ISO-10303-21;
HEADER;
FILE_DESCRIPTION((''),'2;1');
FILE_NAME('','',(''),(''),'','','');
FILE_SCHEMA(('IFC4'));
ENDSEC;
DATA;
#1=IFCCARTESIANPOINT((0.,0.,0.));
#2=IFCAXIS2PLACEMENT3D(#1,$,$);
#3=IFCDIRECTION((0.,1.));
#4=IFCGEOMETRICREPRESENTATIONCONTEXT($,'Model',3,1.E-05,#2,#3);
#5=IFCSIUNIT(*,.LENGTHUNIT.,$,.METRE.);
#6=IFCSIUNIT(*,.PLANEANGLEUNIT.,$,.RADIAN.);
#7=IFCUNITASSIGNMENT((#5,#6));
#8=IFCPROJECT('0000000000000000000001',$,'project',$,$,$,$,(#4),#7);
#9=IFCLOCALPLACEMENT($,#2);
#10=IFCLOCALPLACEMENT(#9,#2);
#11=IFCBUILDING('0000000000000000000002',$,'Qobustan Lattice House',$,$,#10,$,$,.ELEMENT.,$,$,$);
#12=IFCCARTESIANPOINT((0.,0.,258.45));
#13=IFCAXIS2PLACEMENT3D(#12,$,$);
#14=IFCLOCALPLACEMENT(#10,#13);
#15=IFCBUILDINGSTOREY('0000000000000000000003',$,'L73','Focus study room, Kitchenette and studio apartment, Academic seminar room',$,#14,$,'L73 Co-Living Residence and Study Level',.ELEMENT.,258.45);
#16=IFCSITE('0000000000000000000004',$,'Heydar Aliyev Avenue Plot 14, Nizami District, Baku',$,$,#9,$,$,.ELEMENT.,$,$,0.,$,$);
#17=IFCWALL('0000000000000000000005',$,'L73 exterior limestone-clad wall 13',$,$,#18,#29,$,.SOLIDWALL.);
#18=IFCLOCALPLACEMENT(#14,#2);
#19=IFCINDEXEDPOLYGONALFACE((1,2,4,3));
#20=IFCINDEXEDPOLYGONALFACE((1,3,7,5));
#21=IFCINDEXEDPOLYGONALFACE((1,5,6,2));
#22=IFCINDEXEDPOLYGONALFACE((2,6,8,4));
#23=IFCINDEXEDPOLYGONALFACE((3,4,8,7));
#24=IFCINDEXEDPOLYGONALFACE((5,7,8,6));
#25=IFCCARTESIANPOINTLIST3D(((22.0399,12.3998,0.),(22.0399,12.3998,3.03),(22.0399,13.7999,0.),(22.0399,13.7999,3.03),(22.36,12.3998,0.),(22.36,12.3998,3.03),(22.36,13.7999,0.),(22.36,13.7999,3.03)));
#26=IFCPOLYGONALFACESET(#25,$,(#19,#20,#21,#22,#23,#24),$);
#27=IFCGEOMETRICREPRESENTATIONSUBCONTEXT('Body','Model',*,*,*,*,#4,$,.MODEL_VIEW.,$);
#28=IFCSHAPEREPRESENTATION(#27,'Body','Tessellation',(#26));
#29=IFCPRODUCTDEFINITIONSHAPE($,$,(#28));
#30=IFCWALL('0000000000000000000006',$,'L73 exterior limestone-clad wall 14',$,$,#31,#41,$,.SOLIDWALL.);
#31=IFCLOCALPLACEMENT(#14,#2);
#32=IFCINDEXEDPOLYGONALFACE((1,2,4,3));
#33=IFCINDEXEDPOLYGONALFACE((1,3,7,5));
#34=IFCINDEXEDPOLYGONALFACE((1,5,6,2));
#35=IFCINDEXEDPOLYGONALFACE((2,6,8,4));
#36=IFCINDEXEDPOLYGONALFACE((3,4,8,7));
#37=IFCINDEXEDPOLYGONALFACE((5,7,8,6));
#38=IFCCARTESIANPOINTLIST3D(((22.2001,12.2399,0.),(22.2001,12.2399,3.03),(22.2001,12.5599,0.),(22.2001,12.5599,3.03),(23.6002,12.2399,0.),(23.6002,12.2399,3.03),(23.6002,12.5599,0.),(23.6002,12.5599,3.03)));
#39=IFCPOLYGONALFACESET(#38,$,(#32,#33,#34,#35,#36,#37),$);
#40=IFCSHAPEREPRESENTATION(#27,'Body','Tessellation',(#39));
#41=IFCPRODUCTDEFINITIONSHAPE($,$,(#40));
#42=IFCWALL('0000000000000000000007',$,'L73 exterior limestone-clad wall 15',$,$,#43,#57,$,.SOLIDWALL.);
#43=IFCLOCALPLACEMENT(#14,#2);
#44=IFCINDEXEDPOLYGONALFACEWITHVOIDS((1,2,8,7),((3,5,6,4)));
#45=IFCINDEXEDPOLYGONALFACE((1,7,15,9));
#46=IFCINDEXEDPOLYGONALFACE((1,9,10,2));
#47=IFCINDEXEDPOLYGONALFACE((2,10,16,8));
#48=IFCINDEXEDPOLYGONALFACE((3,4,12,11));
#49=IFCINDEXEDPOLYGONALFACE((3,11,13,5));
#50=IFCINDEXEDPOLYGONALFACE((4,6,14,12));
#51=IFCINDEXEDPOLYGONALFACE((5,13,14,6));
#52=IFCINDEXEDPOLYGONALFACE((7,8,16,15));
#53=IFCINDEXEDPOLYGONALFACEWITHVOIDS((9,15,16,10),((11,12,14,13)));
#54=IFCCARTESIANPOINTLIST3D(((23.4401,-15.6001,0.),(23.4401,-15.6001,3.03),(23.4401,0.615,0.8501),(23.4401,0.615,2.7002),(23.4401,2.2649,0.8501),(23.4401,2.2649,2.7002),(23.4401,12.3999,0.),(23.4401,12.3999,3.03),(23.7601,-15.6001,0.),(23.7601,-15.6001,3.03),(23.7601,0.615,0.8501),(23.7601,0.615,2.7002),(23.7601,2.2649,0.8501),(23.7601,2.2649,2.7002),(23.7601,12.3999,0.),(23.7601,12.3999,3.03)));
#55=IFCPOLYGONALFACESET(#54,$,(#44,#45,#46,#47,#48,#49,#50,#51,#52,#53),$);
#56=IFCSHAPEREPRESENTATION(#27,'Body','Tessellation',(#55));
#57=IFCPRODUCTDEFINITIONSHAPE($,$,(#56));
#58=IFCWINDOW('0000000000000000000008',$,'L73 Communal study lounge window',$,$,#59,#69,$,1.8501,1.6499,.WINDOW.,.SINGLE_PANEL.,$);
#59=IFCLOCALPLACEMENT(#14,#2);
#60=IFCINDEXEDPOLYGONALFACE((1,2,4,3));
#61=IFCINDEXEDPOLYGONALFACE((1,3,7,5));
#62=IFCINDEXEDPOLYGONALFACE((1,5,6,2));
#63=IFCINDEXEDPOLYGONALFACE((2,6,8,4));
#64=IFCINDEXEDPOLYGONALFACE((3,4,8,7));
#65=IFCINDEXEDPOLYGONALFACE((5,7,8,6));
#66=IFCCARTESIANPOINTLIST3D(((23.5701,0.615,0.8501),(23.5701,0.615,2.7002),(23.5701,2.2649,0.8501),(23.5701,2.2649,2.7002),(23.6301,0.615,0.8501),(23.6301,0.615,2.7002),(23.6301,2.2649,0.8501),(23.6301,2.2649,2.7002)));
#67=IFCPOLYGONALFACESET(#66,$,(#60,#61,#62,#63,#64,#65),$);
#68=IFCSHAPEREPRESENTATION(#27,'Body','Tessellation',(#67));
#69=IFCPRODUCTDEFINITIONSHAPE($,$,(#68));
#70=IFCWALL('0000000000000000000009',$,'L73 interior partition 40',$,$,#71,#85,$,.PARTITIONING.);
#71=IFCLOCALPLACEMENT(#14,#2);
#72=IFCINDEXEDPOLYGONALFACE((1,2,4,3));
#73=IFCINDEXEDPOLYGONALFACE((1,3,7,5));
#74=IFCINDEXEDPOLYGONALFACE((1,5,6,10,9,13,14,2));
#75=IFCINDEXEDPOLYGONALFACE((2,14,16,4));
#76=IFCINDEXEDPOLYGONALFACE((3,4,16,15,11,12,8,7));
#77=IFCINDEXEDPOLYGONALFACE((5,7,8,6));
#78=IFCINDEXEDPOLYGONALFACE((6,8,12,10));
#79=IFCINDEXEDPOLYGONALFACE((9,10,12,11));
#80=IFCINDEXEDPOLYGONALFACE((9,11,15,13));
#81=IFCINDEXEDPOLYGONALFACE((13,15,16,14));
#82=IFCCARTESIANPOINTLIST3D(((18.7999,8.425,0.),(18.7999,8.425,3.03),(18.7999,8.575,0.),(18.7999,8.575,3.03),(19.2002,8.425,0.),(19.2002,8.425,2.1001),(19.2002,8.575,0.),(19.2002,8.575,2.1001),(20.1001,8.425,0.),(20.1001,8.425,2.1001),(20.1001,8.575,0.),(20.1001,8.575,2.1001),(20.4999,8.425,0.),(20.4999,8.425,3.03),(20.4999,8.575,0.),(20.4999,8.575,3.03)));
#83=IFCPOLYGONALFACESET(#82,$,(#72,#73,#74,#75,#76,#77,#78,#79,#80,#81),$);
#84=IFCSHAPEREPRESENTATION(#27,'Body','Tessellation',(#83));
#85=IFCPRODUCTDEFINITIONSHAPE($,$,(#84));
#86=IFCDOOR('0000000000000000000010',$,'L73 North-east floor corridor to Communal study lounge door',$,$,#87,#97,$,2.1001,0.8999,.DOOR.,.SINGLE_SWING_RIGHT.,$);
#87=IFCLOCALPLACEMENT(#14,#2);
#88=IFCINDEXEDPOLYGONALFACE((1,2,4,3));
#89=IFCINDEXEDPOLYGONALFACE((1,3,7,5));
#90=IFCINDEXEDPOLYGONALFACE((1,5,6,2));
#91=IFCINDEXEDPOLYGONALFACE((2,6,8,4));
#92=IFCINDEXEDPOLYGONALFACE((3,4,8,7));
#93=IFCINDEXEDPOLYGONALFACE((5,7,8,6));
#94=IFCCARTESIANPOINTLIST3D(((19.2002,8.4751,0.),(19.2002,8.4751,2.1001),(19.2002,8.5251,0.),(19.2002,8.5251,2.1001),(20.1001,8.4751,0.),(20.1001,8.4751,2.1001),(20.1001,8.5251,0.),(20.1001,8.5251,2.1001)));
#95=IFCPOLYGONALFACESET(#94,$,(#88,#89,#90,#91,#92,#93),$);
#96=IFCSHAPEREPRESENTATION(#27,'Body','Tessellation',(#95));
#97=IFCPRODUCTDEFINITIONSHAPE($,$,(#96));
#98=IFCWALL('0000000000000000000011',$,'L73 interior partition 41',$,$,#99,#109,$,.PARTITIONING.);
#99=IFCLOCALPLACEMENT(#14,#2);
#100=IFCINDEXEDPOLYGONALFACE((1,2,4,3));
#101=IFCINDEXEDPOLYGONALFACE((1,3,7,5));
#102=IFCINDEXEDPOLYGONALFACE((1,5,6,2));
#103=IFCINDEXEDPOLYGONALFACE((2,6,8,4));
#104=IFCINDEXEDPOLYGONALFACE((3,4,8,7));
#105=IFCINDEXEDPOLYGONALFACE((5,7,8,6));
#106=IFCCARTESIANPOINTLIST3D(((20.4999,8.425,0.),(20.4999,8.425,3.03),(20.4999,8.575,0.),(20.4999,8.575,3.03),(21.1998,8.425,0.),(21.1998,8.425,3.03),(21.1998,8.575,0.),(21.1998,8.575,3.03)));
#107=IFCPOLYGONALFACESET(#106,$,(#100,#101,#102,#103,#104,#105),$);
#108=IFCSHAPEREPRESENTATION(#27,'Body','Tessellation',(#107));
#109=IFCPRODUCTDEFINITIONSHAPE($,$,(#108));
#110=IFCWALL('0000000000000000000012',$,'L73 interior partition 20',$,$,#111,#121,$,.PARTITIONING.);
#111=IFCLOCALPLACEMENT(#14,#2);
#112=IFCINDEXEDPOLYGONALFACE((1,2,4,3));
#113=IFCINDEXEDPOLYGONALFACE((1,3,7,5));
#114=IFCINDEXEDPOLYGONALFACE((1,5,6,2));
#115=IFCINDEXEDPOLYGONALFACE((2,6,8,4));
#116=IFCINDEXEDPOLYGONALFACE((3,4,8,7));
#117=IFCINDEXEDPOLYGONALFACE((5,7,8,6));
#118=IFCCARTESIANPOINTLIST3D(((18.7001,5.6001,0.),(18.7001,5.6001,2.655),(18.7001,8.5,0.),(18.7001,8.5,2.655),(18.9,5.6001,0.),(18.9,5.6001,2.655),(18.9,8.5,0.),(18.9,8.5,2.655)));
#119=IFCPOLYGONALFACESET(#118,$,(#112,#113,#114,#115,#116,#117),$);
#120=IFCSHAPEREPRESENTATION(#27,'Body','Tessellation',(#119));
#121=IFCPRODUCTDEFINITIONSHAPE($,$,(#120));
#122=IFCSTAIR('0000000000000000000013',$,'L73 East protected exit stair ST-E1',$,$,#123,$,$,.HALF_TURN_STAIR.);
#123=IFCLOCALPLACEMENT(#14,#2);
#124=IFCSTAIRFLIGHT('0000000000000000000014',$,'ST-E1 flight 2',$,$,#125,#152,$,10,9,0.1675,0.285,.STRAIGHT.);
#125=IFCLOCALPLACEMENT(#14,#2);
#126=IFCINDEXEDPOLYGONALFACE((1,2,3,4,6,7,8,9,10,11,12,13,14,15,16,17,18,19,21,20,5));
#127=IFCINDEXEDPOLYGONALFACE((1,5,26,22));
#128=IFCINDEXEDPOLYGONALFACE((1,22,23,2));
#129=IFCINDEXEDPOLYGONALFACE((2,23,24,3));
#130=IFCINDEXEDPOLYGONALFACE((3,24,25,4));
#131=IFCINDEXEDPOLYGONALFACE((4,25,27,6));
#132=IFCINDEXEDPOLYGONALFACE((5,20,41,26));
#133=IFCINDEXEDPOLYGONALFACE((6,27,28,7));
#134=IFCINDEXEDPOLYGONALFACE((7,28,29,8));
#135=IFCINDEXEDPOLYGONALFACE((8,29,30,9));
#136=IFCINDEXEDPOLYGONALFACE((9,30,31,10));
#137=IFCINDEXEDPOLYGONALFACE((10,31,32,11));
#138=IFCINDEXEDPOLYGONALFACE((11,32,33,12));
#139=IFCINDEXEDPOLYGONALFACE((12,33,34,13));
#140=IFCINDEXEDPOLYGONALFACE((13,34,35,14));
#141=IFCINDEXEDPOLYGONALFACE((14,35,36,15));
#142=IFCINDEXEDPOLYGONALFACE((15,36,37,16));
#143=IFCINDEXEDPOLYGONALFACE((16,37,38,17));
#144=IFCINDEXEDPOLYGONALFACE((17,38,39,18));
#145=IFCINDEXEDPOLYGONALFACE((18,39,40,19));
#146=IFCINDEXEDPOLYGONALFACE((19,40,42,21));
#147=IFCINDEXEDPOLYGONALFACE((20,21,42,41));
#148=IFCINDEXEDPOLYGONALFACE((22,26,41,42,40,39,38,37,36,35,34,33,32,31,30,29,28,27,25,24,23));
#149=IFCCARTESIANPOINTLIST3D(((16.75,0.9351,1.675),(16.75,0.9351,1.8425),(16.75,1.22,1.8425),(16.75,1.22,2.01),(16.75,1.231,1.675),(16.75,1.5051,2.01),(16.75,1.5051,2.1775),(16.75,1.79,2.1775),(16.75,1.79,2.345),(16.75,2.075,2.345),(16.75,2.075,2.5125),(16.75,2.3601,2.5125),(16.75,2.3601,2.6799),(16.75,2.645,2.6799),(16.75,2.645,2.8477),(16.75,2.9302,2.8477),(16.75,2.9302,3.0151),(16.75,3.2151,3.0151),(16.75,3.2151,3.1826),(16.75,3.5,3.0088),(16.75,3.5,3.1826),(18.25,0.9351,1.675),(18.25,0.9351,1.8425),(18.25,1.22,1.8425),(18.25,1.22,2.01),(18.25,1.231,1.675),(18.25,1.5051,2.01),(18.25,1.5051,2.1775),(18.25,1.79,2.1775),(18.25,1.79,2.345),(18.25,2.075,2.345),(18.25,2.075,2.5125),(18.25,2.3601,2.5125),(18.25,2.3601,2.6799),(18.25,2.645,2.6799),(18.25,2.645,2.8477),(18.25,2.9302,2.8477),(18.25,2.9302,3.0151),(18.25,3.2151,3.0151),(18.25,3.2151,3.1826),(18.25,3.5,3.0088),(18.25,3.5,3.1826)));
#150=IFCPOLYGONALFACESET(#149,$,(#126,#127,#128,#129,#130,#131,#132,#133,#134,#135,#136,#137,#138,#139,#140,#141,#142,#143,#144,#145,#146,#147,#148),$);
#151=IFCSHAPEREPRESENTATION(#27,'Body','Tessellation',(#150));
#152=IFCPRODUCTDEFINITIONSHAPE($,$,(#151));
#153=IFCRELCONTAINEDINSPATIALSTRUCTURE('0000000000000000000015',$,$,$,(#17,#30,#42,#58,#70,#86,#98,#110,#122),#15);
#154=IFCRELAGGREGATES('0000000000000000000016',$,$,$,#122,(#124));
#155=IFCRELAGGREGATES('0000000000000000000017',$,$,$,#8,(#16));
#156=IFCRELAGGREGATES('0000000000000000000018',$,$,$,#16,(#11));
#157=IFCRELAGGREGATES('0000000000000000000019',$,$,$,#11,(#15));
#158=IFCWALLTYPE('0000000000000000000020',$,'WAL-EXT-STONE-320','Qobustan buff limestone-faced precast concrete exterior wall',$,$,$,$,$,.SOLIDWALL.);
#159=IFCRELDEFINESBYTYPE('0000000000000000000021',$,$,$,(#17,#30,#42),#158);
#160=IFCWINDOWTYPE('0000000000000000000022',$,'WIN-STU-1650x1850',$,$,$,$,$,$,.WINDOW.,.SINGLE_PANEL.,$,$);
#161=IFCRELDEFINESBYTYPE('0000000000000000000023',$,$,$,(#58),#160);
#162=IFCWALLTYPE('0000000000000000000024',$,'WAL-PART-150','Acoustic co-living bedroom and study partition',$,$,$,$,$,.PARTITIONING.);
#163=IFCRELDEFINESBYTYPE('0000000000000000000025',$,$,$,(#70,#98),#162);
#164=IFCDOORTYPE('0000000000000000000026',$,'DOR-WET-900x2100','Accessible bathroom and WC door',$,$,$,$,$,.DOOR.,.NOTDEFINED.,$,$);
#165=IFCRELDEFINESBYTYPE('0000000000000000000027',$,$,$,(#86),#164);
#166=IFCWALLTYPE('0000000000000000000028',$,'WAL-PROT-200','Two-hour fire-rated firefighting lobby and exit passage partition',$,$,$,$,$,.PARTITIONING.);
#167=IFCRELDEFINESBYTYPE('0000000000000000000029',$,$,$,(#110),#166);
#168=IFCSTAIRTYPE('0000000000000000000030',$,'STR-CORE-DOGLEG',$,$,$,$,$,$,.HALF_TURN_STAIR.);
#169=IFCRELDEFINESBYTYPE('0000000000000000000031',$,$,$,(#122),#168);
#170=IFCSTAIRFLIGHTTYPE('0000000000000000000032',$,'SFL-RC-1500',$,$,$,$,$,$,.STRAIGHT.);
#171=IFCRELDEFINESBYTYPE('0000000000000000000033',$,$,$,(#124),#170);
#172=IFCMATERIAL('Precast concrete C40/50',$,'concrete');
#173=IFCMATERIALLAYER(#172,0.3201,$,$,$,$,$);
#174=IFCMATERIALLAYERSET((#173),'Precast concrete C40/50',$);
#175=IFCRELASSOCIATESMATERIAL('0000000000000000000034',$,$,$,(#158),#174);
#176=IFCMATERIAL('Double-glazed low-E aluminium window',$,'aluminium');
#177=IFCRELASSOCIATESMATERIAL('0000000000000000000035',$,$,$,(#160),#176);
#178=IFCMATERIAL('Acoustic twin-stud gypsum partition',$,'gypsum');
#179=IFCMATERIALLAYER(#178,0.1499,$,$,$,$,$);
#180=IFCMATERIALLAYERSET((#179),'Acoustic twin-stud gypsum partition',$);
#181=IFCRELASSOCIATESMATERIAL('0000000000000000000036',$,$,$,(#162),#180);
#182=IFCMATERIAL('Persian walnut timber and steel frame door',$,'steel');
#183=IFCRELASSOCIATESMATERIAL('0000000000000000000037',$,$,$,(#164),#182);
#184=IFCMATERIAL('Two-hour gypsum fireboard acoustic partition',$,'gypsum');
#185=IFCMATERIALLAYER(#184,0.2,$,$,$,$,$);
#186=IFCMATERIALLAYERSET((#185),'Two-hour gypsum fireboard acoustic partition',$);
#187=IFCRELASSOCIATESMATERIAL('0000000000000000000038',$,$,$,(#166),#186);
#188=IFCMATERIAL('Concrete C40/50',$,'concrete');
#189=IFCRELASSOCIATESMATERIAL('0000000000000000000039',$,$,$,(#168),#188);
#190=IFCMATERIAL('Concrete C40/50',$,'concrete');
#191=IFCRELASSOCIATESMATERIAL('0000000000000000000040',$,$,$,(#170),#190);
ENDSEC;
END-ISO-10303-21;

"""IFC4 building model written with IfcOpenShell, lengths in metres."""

from ifc_helpers import new_model, si_unit, direction, frame, frame_2d, origin, place, context, subcontext, project, spatial, polyline, rectangle, outline, extrude, material, layer, layer_set, type_object, element, fill, aggregate, save


model = new_model("IFC4")

# Units and contexts
model_context = context("Model", 3, precision=1e-05, world=origin(), true_north=direction((0.0, 1.0)))
body_context = subcontext(model_context, "Body", "Model", "MODEL_VIEW")
ifc_project = project(units=[si_unit("LENGTHUNIT", "METRE"), si_unit("PLANEANGLEUNIT", "RADIAN")], contexts=[model_context])

# Site, building, storey
site_placement = place(None, origin())
site = spatial("IfcSite", under=ifc_project, at=site_placement, Name="Heydar Aliyev Avenue Plot 14, Nizami District, Baku", CompositionType="ELEMENT", RefElevation=0.0)
building_placement = place(site_placement, origin())
building = spatial("IfcBuilding", under=site, at=building_placement, Name="Qobustan Lattice House", CompositionType="ELEMENT")
storey_placement = place(building_placement, frame((0.0, 0.0, 258.45)))
storey = spatial("IfcBuildingStorey", under=building, at=storey_placement, Name="L73", Description="Focus study room, Kitchenette and studio apartment, Academic seminar room", LongName="L73 Co-Living Residence and Study Level", CompositionType="ELEMENT", Elevation=258.45)

# Walls
ifc_material_1 = material(Name="Precast concrete C40/50", Category="concrete")
ifc_layer_1 = layer(ifc_material_1, 0.3201)
ifc_layer_set_1 = layer_set([ifc_layer_1], Name="Precast concrete C40/50")
wall_type_1 = type_object("IfcWallType", Name="WAL-EXT-STONE-320", Description="Qobustan buff limestone-faced precast concrete exterior wall", PredefinedType="SOLIDWALL", material=ifc_layer_set_1)
for number, where, z_axis, x_axis, name in (
    (1, (22.2, 13.8, 0.0), (0.0, 0.0, 1.0), (0.0, -1.0, 0.0), "L73 exterior limestone-clad wall 13"),
    (2, (22.2, 12.3999, 0.0), (0.0, 0.0, 1.0), (1.0, 0.0, 0.0), "L73 exterior limestone-clad wall 14"),
):
    element("IfcWall", number, at=place(storey_placement, frame(where, z_axis=z_axis, x_axis=x_axis)), inside=storey, type_object=wall_type_1, Name=name, PredefinedType="SOLIDWALL", context=body_context, shape_type="SweptSolid", body=[
        extrude(rectangle(XDim=1.4001, YDim=0.3201, at=frame_2d((0.7002, 0.0))), origin(), (0.0, 0.0, 1.0), 3.03),
    ])

# Wall, opening, window
wall_1_placement = place(storey_placement, frame((23.6001, 12.3999, 0.0), z_axis=(0.0, 0.0, 1.0), x_axis=(0.0, -1.0, 0.0)))
wall_1 = element("IfcWall", 3, at=wall_1_placement, inside=storey, type_object=wall_type_1, Name="L73 exterior limestone-clad wall 15", PredefinedType="SOLIDWALL", context=body_context, shape_type="SweptSolid", body=[
    extrude(rectangle(XDim=28.0, YDim=0.3201, at=frame_2d((14.0, 0.0))), origin(), (0.0, 0.0, 1.0), 3.03),
])
opening_1_placement = place(wall_1_placement, frame((10.135, 0.0, 0.8501)))
opening_1 = element("IfcOpeningElement", 4, at=opening_1_placement, cuts=wall_1, PredefinedType="OPENING", context=body_context, shape_type="SweptSolid", body=[
    extrude(rectangle(XDim=1.6499, YDim=1.8501, at=frame_2d((0.825, 0.925))), frame((0.0, 0.1699, 0.0), z_axis=(0.0, -1.0, 0.0), x_axis=(1.0, 0.0, 0.0)), (0.0, 0.0, 1.0), 0.3401),
])
ifc_material_2 = material(Name="Double-glazed low-E aluminium window", Category="aluminium")
window_type = type_object("IfcWindowType", Name="WIN-STU-1650x1850", PartitioningType="SINGLE_PANEL", PredefinedType="WINDOW", material=ifc_material_2)
window_placement = place(opening_1_placement, origin())
window = element("IfcWindow", 5, at=window_placement, inside=storey, type_object=window_type, Name="L73 Communal study lounge window", OverallHeight=1.8501, OverallWidth=1.6499, PartitioningType="SINGLE_PANEL", PredefinedType="WINDOW", context=body_context, shape_type="SweptSolid", body=[
    extrude(rectangle(XDim=1.6499, YDim=1.8501, at=frame_2d((0.825, 0.925))), frame((0.0, 0.03, 0.0), z_axis=(0.0, -1.0, 0.0), x_axis=(1.0, 0.0, 0.0)), (0.0, 0.0, 1.0), 0.0601),
])
fill(opening_1, window)

# Wall, opening, door
ifc_material_3 = material(Name="Acoustic twin-stud gypsum partition", Category="gypsum")
ifc_layer_2 = layer(ifc_material_3, 0.1499)
ifc_layer_set_2 = layer_set([ifc_layer_2], Name="Acoustic twin-stud gypsum partition")
wall_type_2 = type_object("IfcWallType", Name="WAL-PART-150", Description="Acoustic co-living bedroom and study partition", PredefinedType="PARTITIONING", material=ifc_layer_set_2)
wall_2_placement = place(storey_placement, frame((20.5, 8.5, 0.0), z_axis=(0.0, 0.0, 1.0), x_axis=(-1.0, 0.0, 0.0)))
wall_2 = element("IfcWall", 6, at=wall_2_placement, inside=storey, type_object=wall_type_2, Name="L73 interior partition 40", PredefinedType="PARTITIONING", context=body_context, shape_type="SweptSolid", body=[
    extrude(rectangle(XDim=1.7, YDim=0.1499, at=frame_2d((0.8501, 0.0))), origin(), (0.0, 0.0, 1.0), 3.03),
])
opening_2_placement = place(wall_2_placement, frame((0.3999, 0.0, 0.0)))
opening_2 = element("IfcOpeningElement", 7, at=opening_2_placement, cuts=wall_2, PredefinedType="OPENING", context=body_context, shape_type="SweptSolid", body=[
    extrude(rectangle(XDim=0.8999, YDim=2.1001, at=frame_2d((0.45, 1.05))), frame((0.0, 0.085, 0.0), z_axis=(0.0, -1.0, 0.0), x_axis=(1.0, 0.0, 0.0)), (0.0, 0.0, 1.0), 0.1699),
])
ifc_material_4 = material(Name="Persian walnut timber and steel frame door", Category="steel")
door_type_1 = type_object("IfcDoorType", Name="DOR-WET-900x2100", Description="Accessible bathroom and WC door", OperationType="NOTDEFINED", PredefinedType="DOOR", material=ifc_material_4)
door_1_placement = place(opening_2_placement, origin())
door_1 = element("IfcDoor", 8, at=door_1_placement, inside=storey, type_object=door_type_1, Name="L73 North-east floor corridor to Communal study lounge door", OperationType="SINGLE_SWING_RIGHT", OverallHeight=2.1001, OverallWidth=0.8999, PredefinedType="DOOR", context=body_context, shape_type="SweptSolid", body=[
    extrude(rectangle(XDim=0.8999, YDim=2.1001, at=frame_2d((0.45, 1.05))), frame((0.0, 0.0249, 0.0), z_axis=(0.0, -1.0, 0.0), x_axis=(1.0, 0.0, 0.0)), (0.0, 0.0, 1.0), 0.05),
])
fill(opening_2, door_1)

# Wall
wall_3_placement = place(storey_placement, frame((21.2, 8.5, 0.0), z_axis=(0.0, 0.0, 1.0), x_axis=(-1.0, 0.0, 0.0)))
element("IfcWall", 9, at=wall_3_placement, inside=storey, type_object=wall_type_2, Name="L73 interior partition 41", PredefinedType="PARTITIONING", context=body_context, shape_type="SweptSolid", body=[
    extrude(rectangle(XDim=0.7, YDim=0.1499, at=frame_2d((0.3501, 0.0))), origin(), (0.0, 0.0, 1.0), 3.03),
])

# Shared definitions
ifc_material_5 = material(Name="Two-hour gypsum fireboard acoustic partition", Category="gypsum")
ifc_layer_3 = layer(ifc_material_5, 0.2)
ifc_layer_set_3 = layer_set([ifc_layer_3], Name="Two-hour gypsum fireboard acoustic partition")
wall_type_3 = type_object("IfcWallType", Name="WAL-PROT-200", Description="Two-hour fire-rated firefighting lobby and exit passage partition", PredefinedType="PARTITIONING", material=ifc_layer_set_3)

# Wall
wall_4_placement = place(storey_placement, frame((18.8, 5.6001, 0.0), z_axis=(0.0, 0.0, 1.0), x_axis=(0.0, 1.0, 0.0)))
element("IfcWall", 10, at=wall_4_placement, inside=storey, type_object=wall_type_3, Name="L73 interior partition 20", PredefinedType="PARTITIONING", context=body_context, shape_type="SweptSolid", body=[
    extrude(rectangle(XDim=2.8999, YDim=0.2, at=frame_2d((1.45, 0.0))), origin(), (0.0, 0.0, 1.0), 2.655),
])

# Stair, stair flight
ifc_material_6 = material(Name="Concrete C40/50", Category="concrete")
stair_type = type_object("IfcStairType", Name="STR-CORE-DOGLEG", PredefinedType="HALF_TURN_STAIR", material=ifc_material_6)
stair_placement = place(storey_placement, origin())
stair = element("IfcStair", 11, at=stair_placement, inside=storey, type_object=stair_type, Name="L73 East protected exit stair ST-E1", PredefinedType="HALF_TURN_STAIR")
ifc_material_7 = material(Name="Concrete C40/50", Category="concrete")
stair_flight_type = type_object("IfcStairFlightType", Name="SFL-RC-1500", PredefinedType="STRAIGHT", material=ifc_material_7)
stair_flight_placement = place(storey_placement, frame((17.5, 0.9351, 1.675), z_axis=(0.0, 0.0, 1.0), x_axis=(0.0, 1.0, 0.0)))
stair_flight = element("IfcStairFlight", 12, at=stair_flight_placement, type_object=stair_flight_type, Name="ST-E1 flight 2", NumberOfRisers=10, NumberOfTreads=9, PredefinedType="STRAIGHT", RiserHeight=0.1675, TreadLength=0.285, context=body_context, shape_type="SweptSolid", body=[
    extrude(outline(polyline([(0.0, 0.0), (0.0, 0.1675), (0.2849, 0.1675), (0.2849, 0.335), (0.5701, 0.335), (0.5701, 0.5024), (0.855, 0.5024), (0.855, 0.6699), (1.1399, 0.6699), (1.1399, 0.8374), (1.425, 0.8374), (1.425, 1.0049), (1.71, 1.0049), (1.71, 1.1726), (1.9951, 1.1726), (1.9951, 1.3401), (2.28, 1.3401), (2.28, 1.5076), (2.5649, 1.5076), (2.5649, 1.675), (2.5649, 1.3337), (0.2959, 0.0), (0.0, 0.0)])), frame((0.0, 0.75, 0.0), z_axis=(0.0, -1.0, 0.0), x_axis=(1.0, 0.0, 0.0)), (0.0, 0.0, 1.0), 1.5),
])
aggregate(stair, [stair_flight])

save(model, "model.ifc")
